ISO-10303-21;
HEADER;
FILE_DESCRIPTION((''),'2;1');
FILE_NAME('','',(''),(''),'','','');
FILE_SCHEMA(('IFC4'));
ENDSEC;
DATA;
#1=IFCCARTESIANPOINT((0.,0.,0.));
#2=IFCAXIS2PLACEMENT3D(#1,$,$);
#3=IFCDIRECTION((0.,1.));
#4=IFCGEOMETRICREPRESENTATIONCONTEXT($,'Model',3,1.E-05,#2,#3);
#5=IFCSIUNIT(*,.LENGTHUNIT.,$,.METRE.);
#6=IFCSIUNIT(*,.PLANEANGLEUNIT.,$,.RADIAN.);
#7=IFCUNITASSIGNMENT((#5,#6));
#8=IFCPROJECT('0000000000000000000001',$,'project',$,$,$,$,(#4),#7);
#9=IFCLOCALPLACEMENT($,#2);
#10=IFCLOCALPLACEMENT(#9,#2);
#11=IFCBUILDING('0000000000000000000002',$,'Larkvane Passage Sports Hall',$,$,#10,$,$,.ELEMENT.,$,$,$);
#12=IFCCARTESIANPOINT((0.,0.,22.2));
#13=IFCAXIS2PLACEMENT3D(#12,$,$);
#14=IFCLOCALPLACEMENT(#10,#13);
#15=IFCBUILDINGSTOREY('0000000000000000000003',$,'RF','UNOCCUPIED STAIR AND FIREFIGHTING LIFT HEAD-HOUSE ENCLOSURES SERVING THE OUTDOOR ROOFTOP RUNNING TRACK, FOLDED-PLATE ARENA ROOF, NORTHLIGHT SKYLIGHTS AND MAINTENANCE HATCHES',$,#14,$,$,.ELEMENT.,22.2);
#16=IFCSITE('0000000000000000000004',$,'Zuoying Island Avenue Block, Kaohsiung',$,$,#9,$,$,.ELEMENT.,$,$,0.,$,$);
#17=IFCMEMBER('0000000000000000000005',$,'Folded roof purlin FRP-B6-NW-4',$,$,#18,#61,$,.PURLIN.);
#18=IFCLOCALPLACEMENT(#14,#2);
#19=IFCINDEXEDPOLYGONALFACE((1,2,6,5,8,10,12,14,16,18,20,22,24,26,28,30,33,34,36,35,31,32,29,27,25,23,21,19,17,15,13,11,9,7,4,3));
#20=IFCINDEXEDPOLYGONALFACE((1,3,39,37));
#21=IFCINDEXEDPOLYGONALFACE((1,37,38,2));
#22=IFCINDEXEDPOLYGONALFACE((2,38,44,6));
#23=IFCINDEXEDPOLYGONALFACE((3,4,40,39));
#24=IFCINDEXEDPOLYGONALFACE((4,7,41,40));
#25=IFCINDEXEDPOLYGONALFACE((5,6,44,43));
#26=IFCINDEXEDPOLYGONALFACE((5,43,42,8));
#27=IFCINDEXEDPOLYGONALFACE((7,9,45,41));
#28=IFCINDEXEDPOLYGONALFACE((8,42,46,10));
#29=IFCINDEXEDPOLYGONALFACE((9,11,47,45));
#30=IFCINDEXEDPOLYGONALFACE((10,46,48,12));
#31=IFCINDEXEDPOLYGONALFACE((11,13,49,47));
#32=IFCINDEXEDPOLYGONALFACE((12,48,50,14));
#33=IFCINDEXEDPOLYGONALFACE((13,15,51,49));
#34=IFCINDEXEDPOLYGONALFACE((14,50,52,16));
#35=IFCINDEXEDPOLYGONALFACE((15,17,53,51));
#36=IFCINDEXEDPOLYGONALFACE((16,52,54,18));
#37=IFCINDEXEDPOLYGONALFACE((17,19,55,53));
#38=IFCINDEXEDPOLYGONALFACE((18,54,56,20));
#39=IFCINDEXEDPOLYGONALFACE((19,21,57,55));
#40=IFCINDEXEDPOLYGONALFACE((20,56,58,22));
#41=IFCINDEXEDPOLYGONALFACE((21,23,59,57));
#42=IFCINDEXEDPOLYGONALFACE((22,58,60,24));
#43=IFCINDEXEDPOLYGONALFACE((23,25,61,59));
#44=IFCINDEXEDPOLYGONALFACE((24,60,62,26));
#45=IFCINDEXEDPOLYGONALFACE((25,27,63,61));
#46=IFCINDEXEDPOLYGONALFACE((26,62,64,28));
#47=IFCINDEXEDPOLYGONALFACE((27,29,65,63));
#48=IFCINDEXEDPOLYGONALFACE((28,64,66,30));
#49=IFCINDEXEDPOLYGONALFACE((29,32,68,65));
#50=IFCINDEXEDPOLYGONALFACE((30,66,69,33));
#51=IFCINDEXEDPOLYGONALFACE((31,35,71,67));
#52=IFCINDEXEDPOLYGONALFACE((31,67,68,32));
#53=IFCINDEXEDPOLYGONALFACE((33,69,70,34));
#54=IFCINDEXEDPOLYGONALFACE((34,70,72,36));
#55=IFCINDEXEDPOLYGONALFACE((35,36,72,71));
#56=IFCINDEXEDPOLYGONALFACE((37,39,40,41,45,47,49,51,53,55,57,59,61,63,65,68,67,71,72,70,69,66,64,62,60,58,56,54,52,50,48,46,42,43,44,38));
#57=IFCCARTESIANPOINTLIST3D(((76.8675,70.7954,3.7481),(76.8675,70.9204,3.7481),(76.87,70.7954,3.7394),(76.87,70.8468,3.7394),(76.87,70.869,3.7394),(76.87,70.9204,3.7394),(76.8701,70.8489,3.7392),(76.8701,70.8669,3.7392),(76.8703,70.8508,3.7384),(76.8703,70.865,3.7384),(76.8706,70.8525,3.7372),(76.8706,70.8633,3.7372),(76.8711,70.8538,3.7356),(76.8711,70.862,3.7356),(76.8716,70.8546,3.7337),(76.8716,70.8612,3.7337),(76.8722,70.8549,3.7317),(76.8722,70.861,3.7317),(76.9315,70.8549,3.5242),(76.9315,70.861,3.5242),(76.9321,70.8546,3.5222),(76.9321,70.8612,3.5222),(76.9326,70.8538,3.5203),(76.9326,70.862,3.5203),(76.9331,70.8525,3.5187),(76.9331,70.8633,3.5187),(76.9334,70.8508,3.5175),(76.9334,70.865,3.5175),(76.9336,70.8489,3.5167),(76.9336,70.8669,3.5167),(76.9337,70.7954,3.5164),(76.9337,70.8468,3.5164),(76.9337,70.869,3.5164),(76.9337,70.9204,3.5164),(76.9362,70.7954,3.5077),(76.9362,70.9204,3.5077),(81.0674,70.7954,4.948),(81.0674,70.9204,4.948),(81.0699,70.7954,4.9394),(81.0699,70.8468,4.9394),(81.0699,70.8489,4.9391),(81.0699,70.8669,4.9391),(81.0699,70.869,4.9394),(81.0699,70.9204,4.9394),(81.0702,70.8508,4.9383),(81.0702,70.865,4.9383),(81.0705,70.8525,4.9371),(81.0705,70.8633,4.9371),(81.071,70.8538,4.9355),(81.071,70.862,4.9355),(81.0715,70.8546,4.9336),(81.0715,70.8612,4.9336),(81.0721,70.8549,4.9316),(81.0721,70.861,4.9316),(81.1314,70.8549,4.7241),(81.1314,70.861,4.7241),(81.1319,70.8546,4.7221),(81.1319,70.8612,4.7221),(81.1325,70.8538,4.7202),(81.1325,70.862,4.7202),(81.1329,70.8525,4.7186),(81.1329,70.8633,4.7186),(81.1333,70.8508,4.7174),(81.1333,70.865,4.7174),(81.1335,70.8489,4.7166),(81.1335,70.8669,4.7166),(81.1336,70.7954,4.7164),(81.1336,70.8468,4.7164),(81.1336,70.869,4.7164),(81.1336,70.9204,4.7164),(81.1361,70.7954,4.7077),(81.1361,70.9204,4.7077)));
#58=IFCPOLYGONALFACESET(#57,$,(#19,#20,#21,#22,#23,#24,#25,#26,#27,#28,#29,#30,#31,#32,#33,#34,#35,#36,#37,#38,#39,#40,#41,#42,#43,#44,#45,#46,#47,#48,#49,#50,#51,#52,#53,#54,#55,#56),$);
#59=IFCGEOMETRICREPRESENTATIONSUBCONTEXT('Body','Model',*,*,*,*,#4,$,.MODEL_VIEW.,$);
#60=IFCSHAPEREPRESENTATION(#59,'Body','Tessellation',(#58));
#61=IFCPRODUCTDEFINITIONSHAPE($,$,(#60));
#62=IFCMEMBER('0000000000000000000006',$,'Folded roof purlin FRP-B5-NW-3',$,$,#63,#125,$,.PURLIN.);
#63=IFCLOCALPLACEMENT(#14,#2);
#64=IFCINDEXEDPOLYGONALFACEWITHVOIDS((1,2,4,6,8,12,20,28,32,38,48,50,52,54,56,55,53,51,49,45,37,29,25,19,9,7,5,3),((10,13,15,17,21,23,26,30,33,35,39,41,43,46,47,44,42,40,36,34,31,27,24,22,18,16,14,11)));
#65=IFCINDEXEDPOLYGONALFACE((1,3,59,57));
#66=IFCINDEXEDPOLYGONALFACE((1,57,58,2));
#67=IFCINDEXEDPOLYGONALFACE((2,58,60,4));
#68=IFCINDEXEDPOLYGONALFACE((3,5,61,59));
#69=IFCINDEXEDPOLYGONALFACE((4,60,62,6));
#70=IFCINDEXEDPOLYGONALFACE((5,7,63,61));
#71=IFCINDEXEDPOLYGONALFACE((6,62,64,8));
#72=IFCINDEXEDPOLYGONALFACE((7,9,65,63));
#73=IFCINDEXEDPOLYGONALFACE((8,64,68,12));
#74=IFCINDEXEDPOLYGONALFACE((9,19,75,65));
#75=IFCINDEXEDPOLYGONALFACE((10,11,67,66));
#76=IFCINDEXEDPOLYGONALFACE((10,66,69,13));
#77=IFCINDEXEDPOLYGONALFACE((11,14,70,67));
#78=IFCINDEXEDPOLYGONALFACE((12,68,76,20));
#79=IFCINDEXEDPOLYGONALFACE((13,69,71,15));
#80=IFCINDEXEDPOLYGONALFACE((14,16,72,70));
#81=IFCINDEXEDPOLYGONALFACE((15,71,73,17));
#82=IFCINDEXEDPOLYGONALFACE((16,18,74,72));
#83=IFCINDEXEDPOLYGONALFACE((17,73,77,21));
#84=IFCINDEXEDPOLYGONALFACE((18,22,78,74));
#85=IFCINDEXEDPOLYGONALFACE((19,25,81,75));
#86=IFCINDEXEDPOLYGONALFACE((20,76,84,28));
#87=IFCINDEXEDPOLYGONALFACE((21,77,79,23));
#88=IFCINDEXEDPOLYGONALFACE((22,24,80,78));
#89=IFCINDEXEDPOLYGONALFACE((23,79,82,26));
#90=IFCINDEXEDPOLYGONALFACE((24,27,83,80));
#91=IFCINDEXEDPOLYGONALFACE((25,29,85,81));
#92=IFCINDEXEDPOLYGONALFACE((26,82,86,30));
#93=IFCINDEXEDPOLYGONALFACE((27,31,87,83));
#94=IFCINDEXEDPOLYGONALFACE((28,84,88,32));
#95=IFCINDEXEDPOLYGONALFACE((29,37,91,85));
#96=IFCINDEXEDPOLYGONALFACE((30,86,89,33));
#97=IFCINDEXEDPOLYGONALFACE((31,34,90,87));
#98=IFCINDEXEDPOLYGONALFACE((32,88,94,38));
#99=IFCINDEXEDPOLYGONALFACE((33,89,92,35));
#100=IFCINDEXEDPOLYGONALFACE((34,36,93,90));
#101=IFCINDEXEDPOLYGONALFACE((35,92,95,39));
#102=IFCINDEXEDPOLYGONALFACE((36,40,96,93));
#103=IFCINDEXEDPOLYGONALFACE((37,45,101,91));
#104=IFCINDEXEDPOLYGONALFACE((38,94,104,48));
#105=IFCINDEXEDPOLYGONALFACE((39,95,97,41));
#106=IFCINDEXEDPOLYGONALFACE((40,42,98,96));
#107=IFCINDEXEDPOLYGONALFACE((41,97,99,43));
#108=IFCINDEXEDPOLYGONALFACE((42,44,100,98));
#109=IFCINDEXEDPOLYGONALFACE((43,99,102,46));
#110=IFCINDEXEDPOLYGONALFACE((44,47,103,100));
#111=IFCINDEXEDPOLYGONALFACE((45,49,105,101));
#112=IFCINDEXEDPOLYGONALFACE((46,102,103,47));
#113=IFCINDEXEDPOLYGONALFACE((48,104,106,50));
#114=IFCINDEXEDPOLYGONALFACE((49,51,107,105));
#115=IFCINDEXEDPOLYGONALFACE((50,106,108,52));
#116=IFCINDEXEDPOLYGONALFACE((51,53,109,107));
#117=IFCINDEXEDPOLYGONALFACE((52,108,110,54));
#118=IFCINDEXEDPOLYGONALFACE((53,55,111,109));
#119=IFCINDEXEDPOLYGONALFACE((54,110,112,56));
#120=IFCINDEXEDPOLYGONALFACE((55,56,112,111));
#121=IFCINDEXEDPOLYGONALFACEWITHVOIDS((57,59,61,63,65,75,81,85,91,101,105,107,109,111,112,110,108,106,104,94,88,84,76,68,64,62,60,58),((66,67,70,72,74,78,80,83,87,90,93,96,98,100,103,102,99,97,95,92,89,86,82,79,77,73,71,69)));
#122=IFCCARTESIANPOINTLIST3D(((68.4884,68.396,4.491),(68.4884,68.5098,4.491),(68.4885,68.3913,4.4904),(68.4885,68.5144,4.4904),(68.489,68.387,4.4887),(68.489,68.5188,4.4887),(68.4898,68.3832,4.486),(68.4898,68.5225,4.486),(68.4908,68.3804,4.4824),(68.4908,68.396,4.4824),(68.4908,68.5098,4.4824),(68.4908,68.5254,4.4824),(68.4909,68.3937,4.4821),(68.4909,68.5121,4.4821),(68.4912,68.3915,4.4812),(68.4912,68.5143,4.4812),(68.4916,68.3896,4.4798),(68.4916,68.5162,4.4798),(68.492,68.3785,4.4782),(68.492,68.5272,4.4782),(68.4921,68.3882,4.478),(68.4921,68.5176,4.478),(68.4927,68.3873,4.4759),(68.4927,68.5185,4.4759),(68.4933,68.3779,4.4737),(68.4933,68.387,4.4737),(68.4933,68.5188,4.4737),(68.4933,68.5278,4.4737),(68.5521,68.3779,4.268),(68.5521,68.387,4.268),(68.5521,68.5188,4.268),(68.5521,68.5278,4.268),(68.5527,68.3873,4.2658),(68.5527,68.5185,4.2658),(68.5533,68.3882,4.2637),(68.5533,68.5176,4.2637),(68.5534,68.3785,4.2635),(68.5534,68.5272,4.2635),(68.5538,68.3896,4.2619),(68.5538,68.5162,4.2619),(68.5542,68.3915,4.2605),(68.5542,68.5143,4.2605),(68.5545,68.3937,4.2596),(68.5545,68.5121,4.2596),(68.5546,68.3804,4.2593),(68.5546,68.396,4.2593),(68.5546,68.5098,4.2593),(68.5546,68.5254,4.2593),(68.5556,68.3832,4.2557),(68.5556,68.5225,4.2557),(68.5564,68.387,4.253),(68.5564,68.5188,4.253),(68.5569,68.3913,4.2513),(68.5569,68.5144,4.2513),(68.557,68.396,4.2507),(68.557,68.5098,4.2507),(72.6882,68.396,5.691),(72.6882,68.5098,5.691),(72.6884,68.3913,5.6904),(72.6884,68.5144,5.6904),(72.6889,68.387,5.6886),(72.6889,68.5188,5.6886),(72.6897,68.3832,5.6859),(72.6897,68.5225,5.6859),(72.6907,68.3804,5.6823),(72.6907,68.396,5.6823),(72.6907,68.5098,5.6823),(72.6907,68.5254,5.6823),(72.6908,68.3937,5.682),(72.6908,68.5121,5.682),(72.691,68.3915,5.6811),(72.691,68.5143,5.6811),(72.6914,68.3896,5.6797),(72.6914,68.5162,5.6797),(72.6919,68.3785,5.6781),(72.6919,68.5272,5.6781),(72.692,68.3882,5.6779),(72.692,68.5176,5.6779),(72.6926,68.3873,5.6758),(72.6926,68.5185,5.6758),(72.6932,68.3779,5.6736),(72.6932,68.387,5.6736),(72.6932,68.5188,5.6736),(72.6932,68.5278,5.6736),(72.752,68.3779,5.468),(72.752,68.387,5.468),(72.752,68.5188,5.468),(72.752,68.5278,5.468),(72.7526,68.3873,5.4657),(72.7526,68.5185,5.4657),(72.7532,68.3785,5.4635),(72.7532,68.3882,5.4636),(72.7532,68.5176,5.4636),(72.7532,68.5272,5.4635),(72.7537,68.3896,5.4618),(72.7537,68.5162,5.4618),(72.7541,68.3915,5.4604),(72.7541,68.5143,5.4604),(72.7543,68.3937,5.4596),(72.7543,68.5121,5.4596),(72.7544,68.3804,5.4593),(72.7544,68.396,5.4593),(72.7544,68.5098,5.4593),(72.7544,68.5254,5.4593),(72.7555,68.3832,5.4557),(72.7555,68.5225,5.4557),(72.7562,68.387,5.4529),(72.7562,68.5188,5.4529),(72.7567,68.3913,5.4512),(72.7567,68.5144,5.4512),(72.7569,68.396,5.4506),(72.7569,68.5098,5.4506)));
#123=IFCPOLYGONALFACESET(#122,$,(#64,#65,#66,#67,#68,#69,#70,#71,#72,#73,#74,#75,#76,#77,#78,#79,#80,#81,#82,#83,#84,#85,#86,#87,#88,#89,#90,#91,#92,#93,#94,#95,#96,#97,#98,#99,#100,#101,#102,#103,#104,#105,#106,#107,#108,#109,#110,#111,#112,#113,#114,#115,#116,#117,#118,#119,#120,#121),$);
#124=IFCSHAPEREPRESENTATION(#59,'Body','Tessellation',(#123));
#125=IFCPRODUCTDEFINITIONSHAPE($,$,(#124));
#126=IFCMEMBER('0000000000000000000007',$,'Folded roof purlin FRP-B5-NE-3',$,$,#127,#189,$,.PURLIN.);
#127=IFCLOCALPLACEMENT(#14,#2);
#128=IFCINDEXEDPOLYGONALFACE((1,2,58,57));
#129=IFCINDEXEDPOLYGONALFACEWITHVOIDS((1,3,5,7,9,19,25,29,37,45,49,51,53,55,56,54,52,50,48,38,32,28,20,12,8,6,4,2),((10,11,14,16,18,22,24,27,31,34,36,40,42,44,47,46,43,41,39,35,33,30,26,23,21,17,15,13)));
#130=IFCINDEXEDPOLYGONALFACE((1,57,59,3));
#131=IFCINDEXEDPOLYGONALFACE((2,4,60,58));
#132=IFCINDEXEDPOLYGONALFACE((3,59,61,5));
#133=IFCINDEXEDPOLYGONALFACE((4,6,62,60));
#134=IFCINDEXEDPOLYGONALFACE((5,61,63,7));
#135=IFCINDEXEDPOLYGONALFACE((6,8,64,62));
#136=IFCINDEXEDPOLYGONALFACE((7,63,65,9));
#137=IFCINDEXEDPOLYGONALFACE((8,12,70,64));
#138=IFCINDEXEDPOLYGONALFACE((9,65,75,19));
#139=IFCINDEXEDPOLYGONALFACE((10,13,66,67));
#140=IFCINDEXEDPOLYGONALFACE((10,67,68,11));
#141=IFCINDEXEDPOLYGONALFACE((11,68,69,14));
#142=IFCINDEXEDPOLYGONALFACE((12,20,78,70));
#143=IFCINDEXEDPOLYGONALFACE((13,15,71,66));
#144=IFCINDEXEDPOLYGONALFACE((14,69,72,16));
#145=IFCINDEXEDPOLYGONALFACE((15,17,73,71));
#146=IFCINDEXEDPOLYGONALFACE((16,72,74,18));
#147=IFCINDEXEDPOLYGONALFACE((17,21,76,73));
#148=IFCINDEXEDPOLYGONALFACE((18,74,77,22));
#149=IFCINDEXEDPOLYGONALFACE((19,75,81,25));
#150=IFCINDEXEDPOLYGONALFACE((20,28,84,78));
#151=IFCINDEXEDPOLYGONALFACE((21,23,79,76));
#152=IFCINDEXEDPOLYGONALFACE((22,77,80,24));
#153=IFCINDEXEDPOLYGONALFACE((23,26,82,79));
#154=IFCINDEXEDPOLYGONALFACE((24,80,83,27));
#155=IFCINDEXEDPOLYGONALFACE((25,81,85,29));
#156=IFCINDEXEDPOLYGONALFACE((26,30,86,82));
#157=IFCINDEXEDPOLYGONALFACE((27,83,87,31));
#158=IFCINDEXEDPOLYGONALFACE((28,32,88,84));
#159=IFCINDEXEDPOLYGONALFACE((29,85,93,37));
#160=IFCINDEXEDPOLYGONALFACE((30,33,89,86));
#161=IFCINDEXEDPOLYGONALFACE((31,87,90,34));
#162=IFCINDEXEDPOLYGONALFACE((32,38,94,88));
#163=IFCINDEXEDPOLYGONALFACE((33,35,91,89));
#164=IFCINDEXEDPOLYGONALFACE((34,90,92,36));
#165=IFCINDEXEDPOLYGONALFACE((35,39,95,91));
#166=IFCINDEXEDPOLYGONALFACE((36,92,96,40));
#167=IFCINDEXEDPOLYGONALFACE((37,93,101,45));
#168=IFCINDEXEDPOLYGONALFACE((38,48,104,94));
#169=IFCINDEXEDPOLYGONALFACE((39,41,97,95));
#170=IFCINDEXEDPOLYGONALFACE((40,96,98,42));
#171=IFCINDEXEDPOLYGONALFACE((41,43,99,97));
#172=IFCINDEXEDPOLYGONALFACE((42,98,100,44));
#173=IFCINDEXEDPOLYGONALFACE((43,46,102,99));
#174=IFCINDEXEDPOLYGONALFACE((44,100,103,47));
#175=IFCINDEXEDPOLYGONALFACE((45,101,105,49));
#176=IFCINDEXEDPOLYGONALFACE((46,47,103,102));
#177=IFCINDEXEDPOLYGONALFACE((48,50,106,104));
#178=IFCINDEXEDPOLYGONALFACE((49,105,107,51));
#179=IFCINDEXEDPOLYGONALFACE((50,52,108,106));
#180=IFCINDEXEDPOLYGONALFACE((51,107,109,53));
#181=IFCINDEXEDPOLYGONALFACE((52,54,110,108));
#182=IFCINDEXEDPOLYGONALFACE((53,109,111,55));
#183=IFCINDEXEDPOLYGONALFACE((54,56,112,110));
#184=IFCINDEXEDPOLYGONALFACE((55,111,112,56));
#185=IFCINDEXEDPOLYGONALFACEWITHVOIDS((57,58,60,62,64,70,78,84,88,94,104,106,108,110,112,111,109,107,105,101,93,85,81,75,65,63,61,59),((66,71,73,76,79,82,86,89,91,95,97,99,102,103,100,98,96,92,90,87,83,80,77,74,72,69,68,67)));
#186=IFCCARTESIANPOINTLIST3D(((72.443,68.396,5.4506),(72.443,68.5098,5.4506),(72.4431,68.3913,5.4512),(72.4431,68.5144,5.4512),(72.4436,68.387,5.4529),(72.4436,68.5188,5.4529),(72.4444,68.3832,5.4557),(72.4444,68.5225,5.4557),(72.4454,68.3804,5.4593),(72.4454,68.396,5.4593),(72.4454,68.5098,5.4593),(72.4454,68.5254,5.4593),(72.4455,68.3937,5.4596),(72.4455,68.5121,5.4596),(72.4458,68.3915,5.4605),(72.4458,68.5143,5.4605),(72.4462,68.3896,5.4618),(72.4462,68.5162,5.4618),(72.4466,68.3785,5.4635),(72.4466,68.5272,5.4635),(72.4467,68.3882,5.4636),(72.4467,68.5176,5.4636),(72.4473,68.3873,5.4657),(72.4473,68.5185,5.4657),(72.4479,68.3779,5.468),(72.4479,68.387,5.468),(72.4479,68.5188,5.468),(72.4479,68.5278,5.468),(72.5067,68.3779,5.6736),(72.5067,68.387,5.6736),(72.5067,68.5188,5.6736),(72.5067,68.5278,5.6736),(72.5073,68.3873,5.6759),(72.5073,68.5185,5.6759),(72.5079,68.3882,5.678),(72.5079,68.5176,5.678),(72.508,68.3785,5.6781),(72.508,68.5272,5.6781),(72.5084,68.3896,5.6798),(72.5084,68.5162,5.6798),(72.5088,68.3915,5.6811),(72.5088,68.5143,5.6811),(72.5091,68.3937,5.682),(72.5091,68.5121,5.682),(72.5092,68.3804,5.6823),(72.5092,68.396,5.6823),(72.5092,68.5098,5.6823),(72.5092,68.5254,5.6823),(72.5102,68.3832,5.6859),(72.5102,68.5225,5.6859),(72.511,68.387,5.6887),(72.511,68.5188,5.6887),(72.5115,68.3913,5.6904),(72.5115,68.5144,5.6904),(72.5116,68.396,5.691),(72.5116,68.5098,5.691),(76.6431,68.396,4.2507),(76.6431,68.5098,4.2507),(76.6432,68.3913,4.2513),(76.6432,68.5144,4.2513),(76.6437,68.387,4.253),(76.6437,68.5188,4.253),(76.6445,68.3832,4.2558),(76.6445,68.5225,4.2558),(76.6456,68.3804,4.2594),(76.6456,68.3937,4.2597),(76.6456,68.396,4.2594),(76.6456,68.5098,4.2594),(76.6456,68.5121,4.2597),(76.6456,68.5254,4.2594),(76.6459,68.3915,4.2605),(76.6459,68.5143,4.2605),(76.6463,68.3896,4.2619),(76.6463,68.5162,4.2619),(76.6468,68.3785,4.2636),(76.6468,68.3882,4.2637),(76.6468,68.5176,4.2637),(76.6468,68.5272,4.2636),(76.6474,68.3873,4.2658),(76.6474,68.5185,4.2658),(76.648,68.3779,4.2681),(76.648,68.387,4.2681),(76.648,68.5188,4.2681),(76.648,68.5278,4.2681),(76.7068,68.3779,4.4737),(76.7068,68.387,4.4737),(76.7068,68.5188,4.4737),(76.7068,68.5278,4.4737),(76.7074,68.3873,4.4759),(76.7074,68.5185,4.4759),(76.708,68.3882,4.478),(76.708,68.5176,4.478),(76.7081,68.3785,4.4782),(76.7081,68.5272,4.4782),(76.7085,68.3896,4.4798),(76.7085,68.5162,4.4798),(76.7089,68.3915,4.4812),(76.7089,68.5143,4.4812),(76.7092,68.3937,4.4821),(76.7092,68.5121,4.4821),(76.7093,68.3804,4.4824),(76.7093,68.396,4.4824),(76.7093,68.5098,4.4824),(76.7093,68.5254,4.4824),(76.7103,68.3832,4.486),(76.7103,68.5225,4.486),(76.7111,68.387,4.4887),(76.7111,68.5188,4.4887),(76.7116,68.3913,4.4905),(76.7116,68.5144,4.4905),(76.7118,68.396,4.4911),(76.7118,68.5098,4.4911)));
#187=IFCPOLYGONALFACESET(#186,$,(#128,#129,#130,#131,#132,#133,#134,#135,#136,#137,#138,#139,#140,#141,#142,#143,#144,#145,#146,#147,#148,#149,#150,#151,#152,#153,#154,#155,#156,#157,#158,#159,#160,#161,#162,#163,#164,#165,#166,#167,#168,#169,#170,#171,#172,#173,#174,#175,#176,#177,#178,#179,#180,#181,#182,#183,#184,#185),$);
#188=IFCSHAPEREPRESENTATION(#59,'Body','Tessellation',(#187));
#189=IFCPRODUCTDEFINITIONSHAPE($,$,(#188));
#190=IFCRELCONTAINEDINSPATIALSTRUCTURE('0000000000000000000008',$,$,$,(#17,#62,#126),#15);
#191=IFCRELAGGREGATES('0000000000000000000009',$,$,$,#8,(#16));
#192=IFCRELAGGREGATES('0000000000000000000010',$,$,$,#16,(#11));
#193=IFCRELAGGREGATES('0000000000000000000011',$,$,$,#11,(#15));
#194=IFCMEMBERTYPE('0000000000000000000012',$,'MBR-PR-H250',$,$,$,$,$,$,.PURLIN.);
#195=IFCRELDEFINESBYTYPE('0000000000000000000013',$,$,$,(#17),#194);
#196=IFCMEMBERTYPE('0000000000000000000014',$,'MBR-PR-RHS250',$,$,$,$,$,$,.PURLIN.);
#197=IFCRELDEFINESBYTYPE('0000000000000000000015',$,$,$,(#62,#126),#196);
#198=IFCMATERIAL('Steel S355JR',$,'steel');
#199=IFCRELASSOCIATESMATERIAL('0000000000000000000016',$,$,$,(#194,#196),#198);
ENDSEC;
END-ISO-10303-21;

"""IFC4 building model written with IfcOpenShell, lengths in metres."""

from ifc_helpers import new_model, si_unit, direction, frame, origin, origin_2d, place, context, subcontext, project, spatial, hollow_rectangle, i_section, extrude, material, material_profile, profile_set, type_object, element, save


model = new_model("IFC4")

# Units and contexts
model_context = context("Model", 3, precision=1e-05, world=origin(), true_north=direction((0.0, 1.0)))
body_context = subcontext(model_context, "Body", "Model", "MODEL_VIEW")
ifc_project = project(units=[si_unit("LENGTHUNIT", "METRE"), si_unit("PLANEANGLEUNIT", "RADIAN")], contexts=[model_context])

# Site, building, storey
site_placement = place(None, origin())
site = spatial("IfcSite", under=ifc_project, at=site_placement, Name="Zuoying Island Avenue Block, Kaohsiung", CompositionType="ELEMENT", RefElevation=0.0)
building_placement = place(site_placement, origin())
building = spatial("IfcBuilding", under=site, at=building_placement, Name="Larkvane Passage Sports Hall", CompositionType="ELEMENT")
storey_placement = place(building_placement, frame((0.0, 0.0, 22.2)))
storey = spatial("IfcBuildingStorey", under=building, at=storey_placement, Name="RF", Description="UNOCCUPIED STAIR AND FIREFIGHTING LIFT HEAD-HOUSE ENCLOSURES SERVING THE OUTDOOR ROOFTOP RUNNING TRACK, FOLDED-PLATE ARENA ROOF, NORTHLIGHT SKYLIGHTS AND MAINTENANCE HATCHES", CompositionType="ELEMENT", Elevation=22.2)

# Members
ifc_material_1 = material(Name="Steel S355JR", Category="steel")
ifc_material_profile_1 = material_profile(ifc_material_1, i_section(OverallWidth=0.125, OverallDepth=0.25, WebThickness=0.0061, FlangeThickness=0.009, FilletRadius=0.0081, at=origin_2d()), Name="H-250x125x6x9")
ifc_profile_set_1 = profile_set([ifc_material_profile_1], Name="Steel S355JR")
member_type_1 = type_object("IfcMemberType", Name="MBR-PR-H250", PredefinedType="PURLIN", material=ifc_profile_set_1)
member_1_placement = place(storey_placement, frame((76.9019, 70.8579, 3.6279), z_axis=(0.961526, 0.0, 0.274714), x_axis=(0.0, 1.0, 0.0)))
element("IfcMember", 1, at=member_1_placement, inside=storey, type_object=member_type_1, Name="Folded roof purlin FRP-B6-NW-4", PredefinedType="PURLIN", context=body_context, shape_type="SweptSolid", body=[
    extrude(i_section(OverallWidth=0.125, OverallDepth=0.25, WebThickness=0.0061, FlangeThickness=0.009, FilletRadius=0.0081, at=origin_2d()), origin(), (0.0, 0.0, 1.0), 4.3679),
])
ifc_material_profile_2 = material_profile(ifc_material_1, hollow_rectangle(XDim=0.1499, YDim=0.25, WallThickness=0.009, InnerFilletRadius=0.009, OuterFilletRadius=0.0181, at=origin_2d()), Name="RHS-250x150x9")
ifc_profile_set_2 = profile_set([ifc_material_profile_2], Name="Steel S355JR")
member_type_2 = type_object("IfcMemberType", Name="MBR-PR-RHS250", PredefinedType="PURLIN", material=ifc_profile_set_2)
member_2_placement = place(storey_placement, frame((68.5227, 68.4529, 4.3708), z_axis=(0.961526, 0.0, 0.274714), x_axis=(0.0, 1.0, 0.0)))
element("IfcMember", 2, at=member_2_placement, inside=storey, type_object=member_type_2, Name="Folded roof purlin FRP-B5-NW-3", PredefinedType="PURLIN", context=body_context, shape_type="SweptSolid", body=[
    extrude(hollow_rectangle(XDim=0.1499, YDim=0.25, WallThickness=0.009, InnerFilletRadius=0.009, OuterFilletRadius=0.0181, at=origin_2d()), origin(), (0.0, 0.0, 1.0), 4.3679),
])
member_3_placement = place(storey_placement, frame((72.4773, 68.4529, 5.5708), z_axis=(0.96153, 0.0, -0.274699), x_axis=(0.0, 1.0, 0.0)))
element("IfcMember", 3, at=member_3_placement, inside=storey, type_object=member_type_2, Name="Folded roof purlin FRP-B5-NE-3", PredefinedType="PURLIN", context=body_context, shape_type="SweptSolid", body=[
    extrude(hollow_rectangle(XDim=0.1499, YDim=0.25, WallThickness=0.009, InnerFilletRadius=0.009, OuterFilletRadius=0.0181, at=origin_2d()), origin(), (0.0, 0.0, 1.0), 4.3682),
])

save(model, "model.ifc")
